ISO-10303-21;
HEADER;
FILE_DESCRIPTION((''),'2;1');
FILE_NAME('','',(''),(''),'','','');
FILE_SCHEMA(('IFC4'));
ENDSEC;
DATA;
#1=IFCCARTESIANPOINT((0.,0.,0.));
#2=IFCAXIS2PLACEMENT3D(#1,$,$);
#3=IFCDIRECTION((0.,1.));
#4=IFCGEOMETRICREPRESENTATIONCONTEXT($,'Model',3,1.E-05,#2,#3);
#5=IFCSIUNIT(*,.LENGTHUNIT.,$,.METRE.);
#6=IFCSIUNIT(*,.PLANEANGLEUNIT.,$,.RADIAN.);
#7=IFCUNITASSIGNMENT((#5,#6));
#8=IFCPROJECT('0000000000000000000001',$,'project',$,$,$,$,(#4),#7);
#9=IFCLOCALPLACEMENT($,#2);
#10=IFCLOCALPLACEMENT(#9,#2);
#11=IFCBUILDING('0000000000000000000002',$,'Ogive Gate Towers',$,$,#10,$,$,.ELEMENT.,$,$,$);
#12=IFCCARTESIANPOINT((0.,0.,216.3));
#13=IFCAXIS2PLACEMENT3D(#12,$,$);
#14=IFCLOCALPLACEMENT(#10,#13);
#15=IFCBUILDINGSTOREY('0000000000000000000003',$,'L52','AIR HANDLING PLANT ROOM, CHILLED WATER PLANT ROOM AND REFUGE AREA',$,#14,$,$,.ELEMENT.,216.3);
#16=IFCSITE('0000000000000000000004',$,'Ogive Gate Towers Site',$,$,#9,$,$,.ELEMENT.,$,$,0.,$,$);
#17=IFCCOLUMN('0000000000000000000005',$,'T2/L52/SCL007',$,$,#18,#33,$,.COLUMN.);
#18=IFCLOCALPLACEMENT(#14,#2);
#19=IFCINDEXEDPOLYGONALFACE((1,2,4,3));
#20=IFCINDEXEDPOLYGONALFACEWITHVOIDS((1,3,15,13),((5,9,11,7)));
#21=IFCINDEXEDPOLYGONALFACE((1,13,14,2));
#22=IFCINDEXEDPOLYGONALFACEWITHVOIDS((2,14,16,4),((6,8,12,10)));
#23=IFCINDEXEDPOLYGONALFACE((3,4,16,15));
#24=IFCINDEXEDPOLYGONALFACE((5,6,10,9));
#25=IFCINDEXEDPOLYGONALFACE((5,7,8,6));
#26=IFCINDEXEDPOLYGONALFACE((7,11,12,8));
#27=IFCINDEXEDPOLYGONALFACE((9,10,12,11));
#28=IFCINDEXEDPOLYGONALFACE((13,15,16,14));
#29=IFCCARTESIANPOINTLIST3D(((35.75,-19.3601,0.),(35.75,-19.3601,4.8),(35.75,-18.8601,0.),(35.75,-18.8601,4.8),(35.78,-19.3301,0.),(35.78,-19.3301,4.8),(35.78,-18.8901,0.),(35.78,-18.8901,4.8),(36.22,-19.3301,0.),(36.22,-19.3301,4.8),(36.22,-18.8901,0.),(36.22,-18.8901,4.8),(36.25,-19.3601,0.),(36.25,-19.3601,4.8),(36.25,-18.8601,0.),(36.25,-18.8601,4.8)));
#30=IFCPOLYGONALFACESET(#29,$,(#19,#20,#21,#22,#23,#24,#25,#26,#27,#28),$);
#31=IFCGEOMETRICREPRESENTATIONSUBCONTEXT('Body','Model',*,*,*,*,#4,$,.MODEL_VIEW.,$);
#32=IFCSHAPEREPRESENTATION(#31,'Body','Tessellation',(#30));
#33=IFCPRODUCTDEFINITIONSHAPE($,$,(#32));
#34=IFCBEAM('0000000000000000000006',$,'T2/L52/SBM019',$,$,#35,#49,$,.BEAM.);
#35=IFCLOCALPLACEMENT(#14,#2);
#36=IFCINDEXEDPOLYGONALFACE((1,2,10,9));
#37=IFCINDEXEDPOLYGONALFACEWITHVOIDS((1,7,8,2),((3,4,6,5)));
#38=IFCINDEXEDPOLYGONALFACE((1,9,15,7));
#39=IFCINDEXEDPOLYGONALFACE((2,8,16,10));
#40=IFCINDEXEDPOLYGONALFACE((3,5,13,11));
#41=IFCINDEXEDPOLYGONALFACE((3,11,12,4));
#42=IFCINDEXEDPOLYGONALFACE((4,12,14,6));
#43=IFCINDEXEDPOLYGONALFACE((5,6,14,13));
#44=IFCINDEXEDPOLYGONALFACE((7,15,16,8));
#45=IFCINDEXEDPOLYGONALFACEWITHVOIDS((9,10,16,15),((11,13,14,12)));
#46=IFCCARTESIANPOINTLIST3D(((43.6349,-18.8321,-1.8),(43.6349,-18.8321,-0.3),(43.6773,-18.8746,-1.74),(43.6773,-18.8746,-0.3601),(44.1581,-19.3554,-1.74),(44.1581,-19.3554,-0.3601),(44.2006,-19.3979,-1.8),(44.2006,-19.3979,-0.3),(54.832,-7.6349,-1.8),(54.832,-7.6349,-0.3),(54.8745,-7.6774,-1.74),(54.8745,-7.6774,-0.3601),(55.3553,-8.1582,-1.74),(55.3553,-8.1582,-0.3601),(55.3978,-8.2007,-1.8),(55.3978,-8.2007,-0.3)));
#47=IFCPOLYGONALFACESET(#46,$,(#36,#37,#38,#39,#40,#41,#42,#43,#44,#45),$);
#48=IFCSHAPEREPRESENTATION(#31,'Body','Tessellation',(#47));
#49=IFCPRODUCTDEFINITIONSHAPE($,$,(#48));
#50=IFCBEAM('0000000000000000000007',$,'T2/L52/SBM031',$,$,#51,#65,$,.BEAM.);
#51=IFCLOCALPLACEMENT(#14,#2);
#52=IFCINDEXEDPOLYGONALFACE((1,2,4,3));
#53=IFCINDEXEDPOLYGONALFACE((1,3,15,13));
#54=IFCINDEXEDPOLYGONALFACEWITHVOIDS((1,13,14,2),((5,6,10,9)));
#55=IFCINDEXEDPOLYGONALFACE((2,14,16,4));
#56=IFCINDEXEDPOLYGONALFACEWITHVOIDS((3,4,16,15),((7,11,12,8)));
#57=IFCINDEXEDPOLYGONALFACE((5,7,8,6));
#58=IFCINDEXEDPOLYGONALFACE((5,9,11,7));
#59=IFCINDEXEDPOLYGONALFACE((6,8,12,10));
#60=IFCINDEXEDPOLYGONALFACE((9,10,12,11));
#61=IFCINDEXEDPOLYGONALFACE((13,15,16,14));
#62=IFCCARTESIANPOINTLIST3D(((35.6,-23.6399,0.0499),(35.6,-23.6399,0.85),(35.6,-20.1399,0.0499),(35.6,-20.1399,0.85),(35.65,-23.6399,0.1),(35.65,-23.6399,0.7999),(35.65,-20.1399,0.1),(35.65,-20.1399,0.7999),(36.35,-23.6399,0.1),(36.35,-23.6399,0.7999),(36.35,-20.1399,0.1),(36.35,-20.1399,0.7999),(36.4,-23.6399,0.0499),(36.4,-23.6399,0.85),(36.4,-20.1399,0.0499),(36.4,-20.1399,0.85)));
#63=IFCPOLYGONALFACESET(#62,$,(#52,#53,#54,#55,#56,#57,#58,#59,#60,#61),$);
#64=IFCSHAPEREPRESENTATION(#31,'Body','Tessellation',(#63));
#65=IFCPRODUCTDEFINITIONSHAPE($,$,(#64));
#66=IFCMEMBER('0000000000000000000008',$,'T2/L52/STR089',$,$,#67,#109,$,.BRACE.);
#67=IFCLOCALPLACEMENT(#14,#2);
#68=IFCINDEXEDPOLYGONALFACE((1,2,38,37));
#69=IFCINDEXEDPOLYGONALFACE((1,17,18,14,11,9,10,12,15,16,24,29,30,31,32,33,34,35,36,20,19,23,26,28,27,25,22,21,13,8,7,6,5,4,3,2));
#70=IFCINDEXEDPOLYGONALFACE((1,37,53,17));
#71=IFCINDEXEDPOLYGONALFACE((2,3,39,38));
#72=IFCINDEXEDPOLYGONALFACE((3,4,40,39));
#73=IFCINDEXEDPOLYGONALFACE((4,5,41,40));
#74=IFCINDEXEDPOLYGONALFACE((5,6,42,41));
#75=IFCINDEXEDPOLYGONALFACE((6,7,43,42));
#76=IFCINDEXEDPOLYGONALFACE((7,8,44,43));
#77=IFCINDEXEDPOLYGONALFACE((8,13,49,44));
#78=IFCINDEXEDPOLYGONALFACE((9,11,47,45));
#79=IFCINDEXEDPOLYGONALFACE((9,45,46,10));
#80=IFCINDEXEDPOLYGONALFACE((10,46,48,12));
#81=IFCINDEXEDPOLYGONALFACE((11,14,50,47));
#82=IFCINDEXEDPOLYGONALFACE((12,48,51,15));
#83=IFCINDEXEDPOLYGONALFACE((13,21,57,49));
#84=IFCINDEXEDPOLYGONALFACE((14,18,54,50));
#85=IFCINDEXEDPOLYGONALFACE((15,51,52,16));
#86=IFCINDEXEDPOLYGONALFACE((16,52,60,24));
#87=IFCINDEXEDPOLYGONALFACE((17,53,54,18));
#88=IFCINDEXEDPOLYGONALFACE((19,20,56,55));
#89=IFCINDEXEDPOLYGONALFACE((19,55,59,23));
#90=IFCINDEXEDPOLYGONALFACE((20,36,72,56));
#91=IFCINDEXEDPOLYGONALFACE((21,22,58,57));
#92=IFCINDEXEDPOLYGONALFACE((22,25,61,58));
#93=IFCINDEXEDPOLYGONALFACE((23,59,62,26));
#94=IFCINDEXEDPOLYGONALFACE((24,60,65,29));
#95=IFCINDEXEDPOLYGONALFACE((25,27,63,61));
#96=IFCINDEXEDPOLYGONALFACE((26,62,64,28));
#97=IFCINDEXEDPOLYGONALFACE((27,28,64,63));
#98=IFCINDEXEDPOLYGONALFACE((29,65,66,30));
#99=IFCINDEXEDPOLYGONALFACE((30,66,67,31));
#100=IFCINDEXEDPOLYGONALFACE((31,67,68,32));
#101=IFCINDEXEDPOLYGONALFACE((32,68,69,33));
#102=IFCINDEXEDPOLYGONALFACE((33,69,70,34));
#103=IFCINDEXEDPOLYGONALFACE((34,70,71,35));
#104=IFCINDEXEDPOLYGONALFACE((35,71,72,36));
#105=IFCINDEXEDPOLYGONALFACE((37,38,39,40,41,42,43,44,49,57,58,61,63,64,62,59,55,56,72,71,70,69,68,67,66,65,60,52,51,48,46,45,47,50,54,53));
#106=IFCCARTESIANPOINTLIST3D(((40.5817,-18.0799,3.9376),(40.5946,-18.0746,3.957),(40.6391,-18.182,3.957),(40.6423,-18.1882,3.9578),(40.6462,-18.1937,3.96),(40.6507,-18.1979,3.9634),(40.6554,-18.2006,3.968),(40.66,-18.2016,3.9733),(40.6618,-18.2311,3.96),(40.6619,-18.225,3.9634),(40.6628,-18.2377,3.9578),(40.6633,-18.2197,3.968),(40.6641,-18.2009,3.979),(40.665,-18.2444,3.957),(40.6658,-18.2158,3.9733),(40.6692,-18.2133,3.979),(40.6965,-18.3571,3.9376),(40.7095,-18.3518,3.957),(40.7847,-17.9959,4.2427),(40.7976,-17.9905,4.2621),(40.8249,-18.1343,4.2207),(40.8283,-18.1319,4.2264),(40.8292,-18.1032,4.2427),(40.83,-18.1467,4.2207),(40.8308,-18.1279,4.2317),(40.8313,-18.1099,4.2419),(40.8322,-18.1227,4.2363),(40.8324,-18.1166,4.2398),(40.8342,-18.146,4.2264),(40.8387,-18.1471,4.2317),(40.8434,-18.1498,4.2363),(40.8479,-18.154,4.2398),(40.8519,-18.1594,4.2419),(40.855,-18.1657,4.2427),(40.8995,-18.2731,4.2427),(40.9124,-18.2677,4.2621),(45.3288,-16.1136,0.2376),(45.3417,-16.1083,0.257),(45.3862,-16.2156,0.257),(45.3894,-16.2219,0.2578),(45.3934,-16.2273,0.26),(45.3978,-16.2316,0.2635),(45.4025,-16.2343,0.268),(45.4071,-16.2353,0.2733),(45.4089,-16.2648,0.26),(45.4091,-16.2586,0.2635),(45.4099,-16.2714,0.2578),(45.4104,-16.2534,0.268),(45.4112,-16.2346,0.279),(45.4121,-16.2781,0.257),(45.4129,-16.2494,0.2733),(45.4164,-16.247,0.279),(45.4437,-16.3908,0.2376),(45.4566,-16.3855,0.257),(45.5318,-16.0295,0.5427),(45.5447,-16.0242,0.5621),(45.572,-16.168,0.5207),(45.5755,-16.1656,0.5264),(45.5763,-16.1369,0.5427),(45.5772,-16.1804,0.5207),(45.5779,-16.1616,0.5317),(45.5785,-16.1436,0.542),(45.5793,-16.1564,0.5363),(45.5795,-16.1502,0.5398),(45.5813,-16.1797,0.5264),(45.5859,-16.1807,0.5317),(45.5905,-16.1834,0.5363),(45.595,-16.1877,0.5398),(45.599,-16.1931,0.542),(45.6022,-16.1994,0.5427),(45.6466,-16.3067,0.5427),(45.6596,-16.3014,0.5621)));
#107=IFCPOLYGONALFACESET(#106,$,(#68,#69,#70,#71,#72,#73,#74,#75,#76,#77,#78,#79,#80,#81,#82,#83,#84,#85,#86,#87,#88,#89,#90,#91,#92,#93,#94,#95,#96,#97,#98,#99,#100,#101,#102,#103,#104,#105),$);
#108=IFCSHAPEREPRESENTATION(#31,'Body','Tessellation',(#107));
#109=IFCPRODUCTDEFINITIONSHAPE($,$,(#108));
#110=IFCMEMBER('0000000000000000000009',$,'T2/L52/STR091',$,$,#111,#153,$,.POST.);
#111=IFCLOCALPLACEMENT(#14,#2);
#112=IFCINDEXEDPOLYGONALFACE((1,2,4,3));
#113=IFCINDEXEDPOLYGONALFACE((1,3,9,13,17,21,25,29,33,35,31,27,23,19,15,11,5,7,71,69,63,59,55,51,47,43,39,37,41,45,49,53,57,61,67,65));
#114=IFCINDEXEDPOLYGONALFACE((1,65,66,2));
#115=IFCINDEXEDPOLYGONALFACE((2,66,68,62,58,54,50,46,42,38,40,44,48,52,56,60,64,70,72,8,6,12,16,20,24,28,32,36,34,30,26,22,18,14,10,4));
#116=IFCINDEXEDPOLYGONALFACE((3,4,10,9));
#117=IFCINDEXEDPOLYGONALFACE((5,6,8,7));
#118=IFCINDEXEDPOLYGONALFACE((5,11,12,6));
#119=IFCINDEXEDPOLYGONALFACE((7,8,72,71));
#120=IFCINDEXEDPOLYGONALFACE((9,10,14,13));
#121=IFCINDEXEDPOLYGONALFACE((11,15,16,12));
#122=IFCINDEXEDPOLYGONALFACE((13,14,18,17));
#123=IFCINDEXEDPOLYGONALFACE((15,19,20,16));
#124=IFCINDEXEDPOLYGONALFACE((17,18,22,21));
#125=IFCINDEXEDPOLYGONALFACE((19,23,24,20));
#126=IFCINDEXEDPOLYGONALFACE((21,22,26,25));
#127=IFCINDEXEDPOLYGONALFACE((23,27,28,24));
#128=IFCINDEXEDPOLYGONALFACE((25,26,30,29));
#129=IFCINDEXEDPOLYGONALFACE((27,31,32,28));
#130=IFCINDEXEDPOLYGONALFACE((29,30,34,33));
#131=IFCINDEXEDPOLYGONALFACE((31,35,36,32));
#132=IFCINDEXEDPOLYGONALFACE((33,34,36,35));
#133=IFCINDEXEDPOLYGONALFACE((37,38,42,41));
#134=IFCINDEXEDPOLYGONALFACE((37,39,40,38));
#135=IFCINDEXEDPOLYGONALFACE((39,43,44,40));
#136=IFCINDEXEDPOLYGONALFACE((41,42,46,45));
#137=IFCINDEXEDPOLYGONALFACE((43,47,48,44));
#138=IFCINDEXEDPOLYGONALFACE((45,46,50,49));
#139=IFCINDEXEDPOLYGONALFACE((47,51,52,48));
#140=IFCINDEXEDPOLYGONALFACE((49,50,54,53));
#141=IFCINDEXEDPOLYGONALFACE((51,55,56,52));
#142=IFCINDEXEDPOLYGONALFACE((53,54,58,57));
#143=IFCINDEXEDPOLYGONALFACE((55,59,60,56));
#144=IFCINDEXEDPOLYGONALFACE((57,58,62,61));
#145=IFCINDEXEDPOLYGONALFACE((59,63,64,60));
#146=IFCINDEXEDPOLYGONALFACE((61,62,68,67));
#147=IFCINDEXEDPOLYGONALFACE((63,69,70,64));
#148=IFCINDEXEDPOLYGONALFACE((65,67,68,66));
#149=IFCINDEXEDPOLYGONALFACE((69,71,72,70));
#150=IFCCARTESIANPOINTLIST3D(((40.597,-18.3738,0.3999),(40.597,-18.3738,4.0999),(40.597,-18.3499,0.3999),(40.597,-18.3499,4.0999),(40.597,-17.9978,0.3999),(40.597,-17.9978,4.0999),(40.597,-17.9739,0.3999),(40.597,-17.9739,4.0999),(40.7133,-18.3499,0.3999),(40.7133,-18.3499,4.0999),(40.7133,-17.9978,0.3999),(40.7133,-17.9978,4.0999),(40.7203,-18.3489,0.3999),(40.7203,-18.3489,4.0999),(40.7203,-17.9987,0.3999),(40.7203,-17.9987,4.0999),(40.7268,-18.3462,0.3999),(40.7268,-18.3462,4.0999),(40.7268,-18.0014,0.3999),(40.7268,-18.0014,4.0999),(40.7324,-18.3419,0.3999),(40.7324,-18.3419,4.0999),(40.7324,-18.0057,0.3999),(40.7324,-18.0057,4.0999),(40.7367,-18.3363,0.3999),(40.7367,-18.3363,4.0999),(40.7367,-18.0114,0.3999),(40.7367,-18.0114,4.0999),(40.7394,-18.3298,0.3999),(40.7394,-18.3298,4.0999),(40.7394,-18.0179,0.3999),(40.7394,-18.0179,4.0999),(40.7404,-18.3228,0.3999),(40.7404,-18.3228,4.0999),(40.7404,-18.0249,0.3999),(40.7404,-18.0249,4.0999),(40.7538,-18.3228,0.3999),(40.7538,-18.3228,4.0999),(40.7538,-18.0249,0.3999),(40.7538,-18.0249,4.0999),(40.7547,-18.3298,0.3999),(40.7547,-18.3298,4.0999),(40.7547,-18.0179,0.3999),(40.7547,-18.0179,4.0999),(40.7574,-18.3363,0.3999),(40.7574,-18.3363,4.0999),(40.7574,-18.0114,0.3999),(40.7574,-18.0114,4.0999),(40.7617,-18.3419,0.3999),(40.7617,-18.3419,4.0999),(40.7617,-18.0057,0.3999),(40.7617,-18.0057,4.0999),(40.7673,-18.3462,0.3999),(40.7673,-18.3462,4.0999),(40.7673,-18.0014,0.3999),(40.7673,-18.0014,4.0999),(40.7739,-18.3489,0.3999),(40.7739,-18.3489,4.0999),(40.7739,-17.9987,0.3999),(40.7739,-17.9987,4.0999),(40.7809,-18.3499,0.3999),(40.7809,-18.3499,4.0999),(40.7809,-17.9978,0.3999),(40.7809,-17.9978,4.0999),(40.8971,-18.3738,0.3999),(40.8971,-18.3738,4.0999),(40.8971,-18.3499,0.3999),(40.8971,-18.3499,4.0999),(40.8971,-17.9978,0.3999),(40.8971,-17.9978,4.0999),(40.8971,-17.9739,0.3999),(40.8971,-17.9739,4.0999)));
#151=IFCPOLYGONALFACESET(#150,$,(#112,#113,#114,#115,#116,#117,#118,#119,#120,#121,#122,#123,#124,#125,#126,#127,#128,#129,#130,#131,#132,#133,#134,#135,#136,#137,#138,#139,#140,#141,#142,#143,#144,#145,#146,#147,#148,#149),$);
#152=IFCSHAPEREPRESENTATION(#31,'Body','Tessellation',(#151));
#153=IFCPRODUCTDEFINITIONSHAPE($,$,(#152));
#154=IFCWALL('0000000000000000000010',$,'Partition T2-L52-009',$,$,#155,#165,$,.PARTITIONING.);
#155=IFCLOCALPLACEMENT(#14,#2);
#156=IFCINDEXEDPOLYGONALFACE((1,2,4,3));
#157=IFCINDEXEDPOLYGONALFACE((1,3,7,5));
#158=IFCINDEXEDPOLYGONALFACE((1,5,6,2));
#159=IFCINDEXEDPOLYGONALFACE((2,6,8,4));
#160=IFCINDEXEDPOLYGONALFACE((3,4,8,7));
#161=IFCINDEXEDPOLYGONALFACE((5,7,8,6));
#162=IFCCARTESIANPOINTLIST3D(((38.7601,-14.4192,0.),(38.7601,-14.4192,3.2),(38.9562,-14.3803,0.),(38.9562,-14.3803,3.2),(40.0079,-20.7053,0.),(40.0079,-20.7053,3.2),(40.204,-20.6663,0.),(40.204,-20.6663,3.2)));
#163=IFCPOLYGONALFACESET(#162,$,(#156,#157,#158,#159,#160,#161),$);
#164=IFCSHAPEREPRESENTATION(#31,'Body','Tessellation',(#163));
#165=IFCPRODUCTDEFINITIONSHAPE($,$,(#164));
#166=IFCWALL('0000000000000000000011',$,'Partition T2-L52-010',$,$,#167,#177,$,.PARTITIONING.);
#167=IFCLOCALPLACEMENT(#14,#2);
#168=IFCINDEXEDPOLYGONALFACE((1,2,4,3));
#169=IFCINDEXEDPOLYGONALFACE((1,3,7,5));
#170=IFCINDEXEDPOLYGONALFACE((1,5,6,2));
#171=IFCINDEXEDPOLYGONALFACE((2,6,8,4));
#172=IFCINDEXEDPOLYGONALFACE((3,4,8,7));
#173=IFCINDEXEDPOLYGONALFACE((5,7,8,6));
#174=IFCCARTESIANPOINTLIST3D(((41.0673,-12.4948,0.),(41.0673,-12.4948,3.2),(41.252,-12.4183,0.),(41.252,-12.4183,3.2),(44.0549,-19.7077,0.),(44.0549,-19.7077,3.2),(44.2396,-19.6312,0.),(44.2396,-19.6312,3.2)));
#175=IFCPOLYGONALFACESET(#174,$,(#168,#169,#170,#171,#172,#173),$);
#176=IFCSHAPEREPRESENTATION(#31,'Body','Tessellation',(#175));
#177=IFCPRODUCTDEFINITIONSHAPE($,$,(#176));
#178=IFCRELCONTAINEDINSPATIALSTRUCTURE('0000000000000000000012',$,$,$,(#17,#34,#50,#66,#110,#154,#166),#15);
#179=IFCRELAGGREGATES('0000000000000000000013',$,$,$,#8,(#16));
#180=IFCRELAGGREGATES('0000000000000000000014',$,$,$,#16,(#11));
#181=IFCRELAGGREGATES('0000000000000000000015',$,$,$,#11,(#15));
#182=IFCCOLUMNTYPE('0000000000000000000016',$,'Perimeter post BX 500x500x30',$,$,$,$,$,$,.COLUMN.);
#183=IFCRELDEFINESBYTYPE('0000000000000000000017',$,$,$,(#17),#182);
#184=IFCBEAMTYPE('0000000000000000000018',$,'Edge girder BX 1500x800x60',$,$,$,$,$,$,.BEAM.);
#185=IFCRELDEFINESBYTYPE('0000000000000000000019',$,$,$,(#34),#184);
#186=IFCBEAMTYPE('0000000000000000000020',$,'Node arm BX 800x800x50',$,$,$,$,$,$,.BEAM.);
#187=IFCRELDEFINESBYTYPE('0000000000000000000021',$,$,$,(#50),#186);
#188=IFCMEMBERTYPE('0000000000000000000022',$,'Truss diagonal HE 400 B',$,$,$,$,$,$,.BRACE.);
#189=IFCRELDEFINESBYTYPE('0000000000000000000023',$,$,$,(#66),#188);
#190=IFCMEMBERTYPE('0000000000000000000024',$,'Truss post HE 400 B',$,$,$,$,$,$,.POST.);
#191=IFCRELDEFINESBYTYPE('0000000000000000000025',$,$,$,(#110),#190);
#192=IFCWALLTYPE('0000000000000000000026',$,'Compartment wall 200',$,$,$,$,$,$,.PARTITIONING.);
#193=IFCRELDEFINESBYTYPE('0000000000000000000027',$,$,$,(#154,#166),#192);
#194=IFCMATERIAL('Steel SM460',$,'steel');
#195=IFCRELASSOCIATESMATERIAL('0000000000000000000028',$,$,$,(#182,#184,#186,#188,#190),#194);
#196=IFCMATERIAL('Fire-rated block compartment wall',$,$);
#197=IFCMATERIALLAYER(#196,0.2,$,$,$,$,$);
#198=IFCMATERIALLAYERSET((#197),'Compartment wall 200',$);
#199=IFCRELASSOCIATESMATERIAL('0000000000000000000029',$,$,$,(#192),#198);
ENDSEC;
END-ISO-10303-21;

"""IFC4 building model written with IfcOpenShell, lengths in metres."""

from ifc_helpers import new_model, si_unit, direction, frame, frame_2d, origin, origin_2d, place, context, subcontext, project, spatial, rectangle, hollow_rectangle, i_section, extrude, material, layer, layer_set, material_profile, profile_set, type_object, element, save


model = new_model("IFC4")

# Units and contexts
model_context = context("Model", 3, precision=1e-05, world=origin(), true_north=direction((0.0, 1.0)))
body_context = subcontext(model_context, "Body", "Model", "MODEL_VIEW")
ifc_project = project(units=[si_unit("LENGTHUNIT", "METRE"), si_unit("PLANEANGLEUNIT", "RADIAN")], contexts=[model_context])

# Site, building, storey
site_placement = place(None, origin())
site = spatial("IfcSite", under=ifc_project, at=site_placement, Name="Ogive Gate Towers Site", CompositionType="ELEMENT", RefElevation=0.0)
building_placement = place(site_placement, origin())
building = spatial("IfcBuilding", under=site, at=building_placement, Name="Ogive Gate Towers", CompositionType="ELEMENT")
storey_placement = place(building_placement, frame((0.0, 0.0, 216.3)))
storey = spatial("IfcBuildingStorey", under=building, at=storey_placement, Name="L52", Description="AIR HANDLING PLANT ROOM, CHILLED WATER PLANT ROOM AND REFUGE AREA", CompositionType="ELEMENT", Elevation=216.3)

# Column
ifc_material_1 = material(Name="Steel SM460", Category="steel")
ifc_material_profile_1 = material_profile(ifc_material_1, hollow_rectangle(XDim=0.5, YDim=0.5, WallThickness=0.03, at=origin_2d()), Name="BX 500x500x30")
ifc_profile_set_1 = profile_set([ifc_material_profile_1], Name="Steel SM460")
column_type = type_object("IfcColumnType", Name="Perimeter post BX 500x500x30", PredefinedType="COLUMN", material=ifc_profile_set_1)
column_placement = place(storey_placement, frame((36.0, -19.1101, 0.0), z_axis=(0.0, 0.0, 1.0), x_axis=(1.0, 0.0, 0.0)))
element("IfcColumn", 1, at=column_placement, inside=storey, type_object=column_type, Name="T2/L52/SCL007", PredefinedType="COLUMN", context=body_context, shape_type="SweptSolid", body=[
    extrude(hollow_rectangle(XDim=0.5, YDim=0.5, WallThickness=0.03, at=origin_2d()), origin(), (0.0, 0.0, 1.0), 4.8),
])

# Beams
ifc_material_profile_2 = material_profile(ifc_material_1, hollow_rectangle(XDim=0.8, YDim=1.5, WallThickness=0.0601, at=origin_2d()), Name="BX 1500x800x60")
ifc_profile_set_2 = profile_set([ifc_material_profile_2], Name="Steel SM460")
beam_type_1 = type_object("IfcBeamType", Name="Edge girder BX 1500x800x60", PredefinedType="BEAM", material=ifc_profile_set_2)
beam_1_placement = place(storey_placement, frame((43.9177, -19.115, -1.05), z_axis=(0.707107, 0.707107, 0.0), x_axis=(-0.707107, 0.707107, 0.0)))
element("IfcBeam", 2, at=beam_1_placement, inside=storey, type_object=beam_type_1, Name="T2/L52/SBM019", PredefinedType="BEAM", context=body_context, shape_type="SweptSolid", body=[
    extrude(hollow_rectangle(XDim=0.8, YDim=1.5, WallThickness=0.0601, at=origin_2d()), origin(), (0.0, 0.0, 1.0), 15.8352),
])
ifc_material_profile_3 = material_profile(ifc_material_1, hollow_rectangle(XDim=0.8, YDim=0.8, WallThickness=0.05, at=origin_2d()), Name="BX 800x800x50")
ifc_profile_set_3 = profile_set([ifc_material_profile_3], Name="Steel SM460")
beam_type_2 = type_object("IfcBeamType", Name="Node arm BX 800x800x50", PredefinedType="BEAM", material=ifc_profile_set_3)
beam_2_placement = place(storey_placement, frame((36.0, -20.1399, 0.45), z_axis=(0.0, -1.0, 0.0), x_axis=(1.0, 0.0, 0.0)))
element("IfcBeam", 3, at=beam_2_placement, inside=storey, type_object=beam_type_2, Name="T2/L52/SBM031", PredefinedType="BEAM", context=body_context, shape_type="SweptSolid", body=[
    extrude(hollow_rectangle(XDim=0.8, YDim=0.8, WallThickness=0.05, at=origin_2d()), origin(), (0.0, 0.0, 1.0), 3.5),
])

# Members
ifc_material_profile_4 = material_profile(ifc_material_1, i_section(OverallWidth=0.3, OverallDepth=0.3999, WebThickness=0.0134, FlangeThickness=0.0239, FilletRadius=0.0271, at=origin_2d()), Name="HE 400 B")
ifc_profile_set_4 = profile_set([ifc_material_profile_4], Name="Steel SM460")
member_type_1 = type_object("IfcMemberType", Name="Truss diagonal HE 400 B", PredefinedType="BRACE", material=ifc_profile_set_4)
member_1_placement = place(storey_placement, frame((40.7471, -18.1738, 4.0999), z_axis=(0.749728, 0.310549, -0.584352), x_axis=(-0.382685, 0.923879, 0.0)))
element("IfcMember", 4, at=member_1_placement, inside=storey, type_object=member_type_1, Name="T2/L52/STR089", PredefinedType="BRACE", context=body_context, shape_type="SweptSolid", body=[
    extrude(i_section(OverallWidth=0.3, OverallDepth=0.3999, WebThickness=0.0134, FlangeThickness=0.0239, FilletRadius=0.0271, at=origin_2d()), origin(), (0.0, 0.0, 1.0), 6.3318),
])
ifc_material_profile_5 = material_profile(ifc_material_1, i_section(OverallWidth=0.3, OverallDepth=0.3999, WebThickness=0.0134, FlangeThickness=0.0239, FilletRadius=0.0271, at=origin_2d()), Name="HE 400 B")
ifc_profile_set_5 = profile_set([ifc_material_profile_5], Name="Steel SM460")
member_type_2 = type_object("IfcMemberType", Name="Truss post HE 400 B", PredefinedType="POST", material=ifc_profile_set_5)
member_2_placement = place(storey_placement, frame((40.7471, -18.1738, 0.3999), z_axis=(0.0, 0.0, 1.0), x_axis=(1.0, 0.0, 0.0)))
element("IfcMember", 5, at=member_2_placement, inside=storey, type_object=member_type_2, Name="T2/L52/STR091", PredefinedType="POST", context=body_context, shape_type="SweptSolid", body=[
    extrude(i_section(OverallWidth=0.3, OverallDepth=0.3999, WebThickness=0.0134, FlangeThickness=0.0239, FilletRadius=0.0271, at=origin_2d()), origin(), (0.0, 0.0, 1.0), 3.7),
])

# Walls
ifc_material_2 = material(Name="Fire-rated block compartment wall")
ifc_layer_1 = layer(ifc_material_2, 0.2)
ifc_layer_set_1 = layer_set([ifc_layer_1], Name="Compartment wall 200")
wall_type_1 = type_object("IfcWallType", Name="Compartment wall 200", PredefinedType="PARTITIONING", material=ifc_layer_set_1)
wall_1_placement = place(storey_placement, frame((40.106, -20.6858, 0.0), z_axis=(0.0, 0.0, 1.0), x_axis=(-0.194702, 0.980862, 0.0)))
element("IfcWall", 6, at=wall_1_placement, inside=storey, type_object=wall_type_1, Name="Partition T2-L52-009", PredefinedType="PARTITIONING", context=body_context, shape_type="SweptSolid", body=[
    extrude(rectangle(XDim=6.4087, YDim=0.2, at=frame_2d((3.2043, 0.0))), origin(), (0.0, 0.0, 1.0), 3.2),
])
wall_2_placement = place(storey_placement, frame((44.1472, -19.6694, 0.0), z_axis=(0.0, 0.0, 1.0), x_axis=(-0.382669, 0.923885, 0.0)))
element("IfcWall", 7, at=wall_2_placement, inside=storey, type_object=wall_type_1, Name="Partition T2-L52-010", PredefinedType="PARTITIONING", context=body_context, shape_type="SweptSolid", body=[
    extrude(rectangle(XDim=7.8071, YDim=0.2, at=frame_2d((3.9036, 0.0))), origin(), (0.0, 0.0, 1.0), 3.2),
])

save(model, "model.ifc")
